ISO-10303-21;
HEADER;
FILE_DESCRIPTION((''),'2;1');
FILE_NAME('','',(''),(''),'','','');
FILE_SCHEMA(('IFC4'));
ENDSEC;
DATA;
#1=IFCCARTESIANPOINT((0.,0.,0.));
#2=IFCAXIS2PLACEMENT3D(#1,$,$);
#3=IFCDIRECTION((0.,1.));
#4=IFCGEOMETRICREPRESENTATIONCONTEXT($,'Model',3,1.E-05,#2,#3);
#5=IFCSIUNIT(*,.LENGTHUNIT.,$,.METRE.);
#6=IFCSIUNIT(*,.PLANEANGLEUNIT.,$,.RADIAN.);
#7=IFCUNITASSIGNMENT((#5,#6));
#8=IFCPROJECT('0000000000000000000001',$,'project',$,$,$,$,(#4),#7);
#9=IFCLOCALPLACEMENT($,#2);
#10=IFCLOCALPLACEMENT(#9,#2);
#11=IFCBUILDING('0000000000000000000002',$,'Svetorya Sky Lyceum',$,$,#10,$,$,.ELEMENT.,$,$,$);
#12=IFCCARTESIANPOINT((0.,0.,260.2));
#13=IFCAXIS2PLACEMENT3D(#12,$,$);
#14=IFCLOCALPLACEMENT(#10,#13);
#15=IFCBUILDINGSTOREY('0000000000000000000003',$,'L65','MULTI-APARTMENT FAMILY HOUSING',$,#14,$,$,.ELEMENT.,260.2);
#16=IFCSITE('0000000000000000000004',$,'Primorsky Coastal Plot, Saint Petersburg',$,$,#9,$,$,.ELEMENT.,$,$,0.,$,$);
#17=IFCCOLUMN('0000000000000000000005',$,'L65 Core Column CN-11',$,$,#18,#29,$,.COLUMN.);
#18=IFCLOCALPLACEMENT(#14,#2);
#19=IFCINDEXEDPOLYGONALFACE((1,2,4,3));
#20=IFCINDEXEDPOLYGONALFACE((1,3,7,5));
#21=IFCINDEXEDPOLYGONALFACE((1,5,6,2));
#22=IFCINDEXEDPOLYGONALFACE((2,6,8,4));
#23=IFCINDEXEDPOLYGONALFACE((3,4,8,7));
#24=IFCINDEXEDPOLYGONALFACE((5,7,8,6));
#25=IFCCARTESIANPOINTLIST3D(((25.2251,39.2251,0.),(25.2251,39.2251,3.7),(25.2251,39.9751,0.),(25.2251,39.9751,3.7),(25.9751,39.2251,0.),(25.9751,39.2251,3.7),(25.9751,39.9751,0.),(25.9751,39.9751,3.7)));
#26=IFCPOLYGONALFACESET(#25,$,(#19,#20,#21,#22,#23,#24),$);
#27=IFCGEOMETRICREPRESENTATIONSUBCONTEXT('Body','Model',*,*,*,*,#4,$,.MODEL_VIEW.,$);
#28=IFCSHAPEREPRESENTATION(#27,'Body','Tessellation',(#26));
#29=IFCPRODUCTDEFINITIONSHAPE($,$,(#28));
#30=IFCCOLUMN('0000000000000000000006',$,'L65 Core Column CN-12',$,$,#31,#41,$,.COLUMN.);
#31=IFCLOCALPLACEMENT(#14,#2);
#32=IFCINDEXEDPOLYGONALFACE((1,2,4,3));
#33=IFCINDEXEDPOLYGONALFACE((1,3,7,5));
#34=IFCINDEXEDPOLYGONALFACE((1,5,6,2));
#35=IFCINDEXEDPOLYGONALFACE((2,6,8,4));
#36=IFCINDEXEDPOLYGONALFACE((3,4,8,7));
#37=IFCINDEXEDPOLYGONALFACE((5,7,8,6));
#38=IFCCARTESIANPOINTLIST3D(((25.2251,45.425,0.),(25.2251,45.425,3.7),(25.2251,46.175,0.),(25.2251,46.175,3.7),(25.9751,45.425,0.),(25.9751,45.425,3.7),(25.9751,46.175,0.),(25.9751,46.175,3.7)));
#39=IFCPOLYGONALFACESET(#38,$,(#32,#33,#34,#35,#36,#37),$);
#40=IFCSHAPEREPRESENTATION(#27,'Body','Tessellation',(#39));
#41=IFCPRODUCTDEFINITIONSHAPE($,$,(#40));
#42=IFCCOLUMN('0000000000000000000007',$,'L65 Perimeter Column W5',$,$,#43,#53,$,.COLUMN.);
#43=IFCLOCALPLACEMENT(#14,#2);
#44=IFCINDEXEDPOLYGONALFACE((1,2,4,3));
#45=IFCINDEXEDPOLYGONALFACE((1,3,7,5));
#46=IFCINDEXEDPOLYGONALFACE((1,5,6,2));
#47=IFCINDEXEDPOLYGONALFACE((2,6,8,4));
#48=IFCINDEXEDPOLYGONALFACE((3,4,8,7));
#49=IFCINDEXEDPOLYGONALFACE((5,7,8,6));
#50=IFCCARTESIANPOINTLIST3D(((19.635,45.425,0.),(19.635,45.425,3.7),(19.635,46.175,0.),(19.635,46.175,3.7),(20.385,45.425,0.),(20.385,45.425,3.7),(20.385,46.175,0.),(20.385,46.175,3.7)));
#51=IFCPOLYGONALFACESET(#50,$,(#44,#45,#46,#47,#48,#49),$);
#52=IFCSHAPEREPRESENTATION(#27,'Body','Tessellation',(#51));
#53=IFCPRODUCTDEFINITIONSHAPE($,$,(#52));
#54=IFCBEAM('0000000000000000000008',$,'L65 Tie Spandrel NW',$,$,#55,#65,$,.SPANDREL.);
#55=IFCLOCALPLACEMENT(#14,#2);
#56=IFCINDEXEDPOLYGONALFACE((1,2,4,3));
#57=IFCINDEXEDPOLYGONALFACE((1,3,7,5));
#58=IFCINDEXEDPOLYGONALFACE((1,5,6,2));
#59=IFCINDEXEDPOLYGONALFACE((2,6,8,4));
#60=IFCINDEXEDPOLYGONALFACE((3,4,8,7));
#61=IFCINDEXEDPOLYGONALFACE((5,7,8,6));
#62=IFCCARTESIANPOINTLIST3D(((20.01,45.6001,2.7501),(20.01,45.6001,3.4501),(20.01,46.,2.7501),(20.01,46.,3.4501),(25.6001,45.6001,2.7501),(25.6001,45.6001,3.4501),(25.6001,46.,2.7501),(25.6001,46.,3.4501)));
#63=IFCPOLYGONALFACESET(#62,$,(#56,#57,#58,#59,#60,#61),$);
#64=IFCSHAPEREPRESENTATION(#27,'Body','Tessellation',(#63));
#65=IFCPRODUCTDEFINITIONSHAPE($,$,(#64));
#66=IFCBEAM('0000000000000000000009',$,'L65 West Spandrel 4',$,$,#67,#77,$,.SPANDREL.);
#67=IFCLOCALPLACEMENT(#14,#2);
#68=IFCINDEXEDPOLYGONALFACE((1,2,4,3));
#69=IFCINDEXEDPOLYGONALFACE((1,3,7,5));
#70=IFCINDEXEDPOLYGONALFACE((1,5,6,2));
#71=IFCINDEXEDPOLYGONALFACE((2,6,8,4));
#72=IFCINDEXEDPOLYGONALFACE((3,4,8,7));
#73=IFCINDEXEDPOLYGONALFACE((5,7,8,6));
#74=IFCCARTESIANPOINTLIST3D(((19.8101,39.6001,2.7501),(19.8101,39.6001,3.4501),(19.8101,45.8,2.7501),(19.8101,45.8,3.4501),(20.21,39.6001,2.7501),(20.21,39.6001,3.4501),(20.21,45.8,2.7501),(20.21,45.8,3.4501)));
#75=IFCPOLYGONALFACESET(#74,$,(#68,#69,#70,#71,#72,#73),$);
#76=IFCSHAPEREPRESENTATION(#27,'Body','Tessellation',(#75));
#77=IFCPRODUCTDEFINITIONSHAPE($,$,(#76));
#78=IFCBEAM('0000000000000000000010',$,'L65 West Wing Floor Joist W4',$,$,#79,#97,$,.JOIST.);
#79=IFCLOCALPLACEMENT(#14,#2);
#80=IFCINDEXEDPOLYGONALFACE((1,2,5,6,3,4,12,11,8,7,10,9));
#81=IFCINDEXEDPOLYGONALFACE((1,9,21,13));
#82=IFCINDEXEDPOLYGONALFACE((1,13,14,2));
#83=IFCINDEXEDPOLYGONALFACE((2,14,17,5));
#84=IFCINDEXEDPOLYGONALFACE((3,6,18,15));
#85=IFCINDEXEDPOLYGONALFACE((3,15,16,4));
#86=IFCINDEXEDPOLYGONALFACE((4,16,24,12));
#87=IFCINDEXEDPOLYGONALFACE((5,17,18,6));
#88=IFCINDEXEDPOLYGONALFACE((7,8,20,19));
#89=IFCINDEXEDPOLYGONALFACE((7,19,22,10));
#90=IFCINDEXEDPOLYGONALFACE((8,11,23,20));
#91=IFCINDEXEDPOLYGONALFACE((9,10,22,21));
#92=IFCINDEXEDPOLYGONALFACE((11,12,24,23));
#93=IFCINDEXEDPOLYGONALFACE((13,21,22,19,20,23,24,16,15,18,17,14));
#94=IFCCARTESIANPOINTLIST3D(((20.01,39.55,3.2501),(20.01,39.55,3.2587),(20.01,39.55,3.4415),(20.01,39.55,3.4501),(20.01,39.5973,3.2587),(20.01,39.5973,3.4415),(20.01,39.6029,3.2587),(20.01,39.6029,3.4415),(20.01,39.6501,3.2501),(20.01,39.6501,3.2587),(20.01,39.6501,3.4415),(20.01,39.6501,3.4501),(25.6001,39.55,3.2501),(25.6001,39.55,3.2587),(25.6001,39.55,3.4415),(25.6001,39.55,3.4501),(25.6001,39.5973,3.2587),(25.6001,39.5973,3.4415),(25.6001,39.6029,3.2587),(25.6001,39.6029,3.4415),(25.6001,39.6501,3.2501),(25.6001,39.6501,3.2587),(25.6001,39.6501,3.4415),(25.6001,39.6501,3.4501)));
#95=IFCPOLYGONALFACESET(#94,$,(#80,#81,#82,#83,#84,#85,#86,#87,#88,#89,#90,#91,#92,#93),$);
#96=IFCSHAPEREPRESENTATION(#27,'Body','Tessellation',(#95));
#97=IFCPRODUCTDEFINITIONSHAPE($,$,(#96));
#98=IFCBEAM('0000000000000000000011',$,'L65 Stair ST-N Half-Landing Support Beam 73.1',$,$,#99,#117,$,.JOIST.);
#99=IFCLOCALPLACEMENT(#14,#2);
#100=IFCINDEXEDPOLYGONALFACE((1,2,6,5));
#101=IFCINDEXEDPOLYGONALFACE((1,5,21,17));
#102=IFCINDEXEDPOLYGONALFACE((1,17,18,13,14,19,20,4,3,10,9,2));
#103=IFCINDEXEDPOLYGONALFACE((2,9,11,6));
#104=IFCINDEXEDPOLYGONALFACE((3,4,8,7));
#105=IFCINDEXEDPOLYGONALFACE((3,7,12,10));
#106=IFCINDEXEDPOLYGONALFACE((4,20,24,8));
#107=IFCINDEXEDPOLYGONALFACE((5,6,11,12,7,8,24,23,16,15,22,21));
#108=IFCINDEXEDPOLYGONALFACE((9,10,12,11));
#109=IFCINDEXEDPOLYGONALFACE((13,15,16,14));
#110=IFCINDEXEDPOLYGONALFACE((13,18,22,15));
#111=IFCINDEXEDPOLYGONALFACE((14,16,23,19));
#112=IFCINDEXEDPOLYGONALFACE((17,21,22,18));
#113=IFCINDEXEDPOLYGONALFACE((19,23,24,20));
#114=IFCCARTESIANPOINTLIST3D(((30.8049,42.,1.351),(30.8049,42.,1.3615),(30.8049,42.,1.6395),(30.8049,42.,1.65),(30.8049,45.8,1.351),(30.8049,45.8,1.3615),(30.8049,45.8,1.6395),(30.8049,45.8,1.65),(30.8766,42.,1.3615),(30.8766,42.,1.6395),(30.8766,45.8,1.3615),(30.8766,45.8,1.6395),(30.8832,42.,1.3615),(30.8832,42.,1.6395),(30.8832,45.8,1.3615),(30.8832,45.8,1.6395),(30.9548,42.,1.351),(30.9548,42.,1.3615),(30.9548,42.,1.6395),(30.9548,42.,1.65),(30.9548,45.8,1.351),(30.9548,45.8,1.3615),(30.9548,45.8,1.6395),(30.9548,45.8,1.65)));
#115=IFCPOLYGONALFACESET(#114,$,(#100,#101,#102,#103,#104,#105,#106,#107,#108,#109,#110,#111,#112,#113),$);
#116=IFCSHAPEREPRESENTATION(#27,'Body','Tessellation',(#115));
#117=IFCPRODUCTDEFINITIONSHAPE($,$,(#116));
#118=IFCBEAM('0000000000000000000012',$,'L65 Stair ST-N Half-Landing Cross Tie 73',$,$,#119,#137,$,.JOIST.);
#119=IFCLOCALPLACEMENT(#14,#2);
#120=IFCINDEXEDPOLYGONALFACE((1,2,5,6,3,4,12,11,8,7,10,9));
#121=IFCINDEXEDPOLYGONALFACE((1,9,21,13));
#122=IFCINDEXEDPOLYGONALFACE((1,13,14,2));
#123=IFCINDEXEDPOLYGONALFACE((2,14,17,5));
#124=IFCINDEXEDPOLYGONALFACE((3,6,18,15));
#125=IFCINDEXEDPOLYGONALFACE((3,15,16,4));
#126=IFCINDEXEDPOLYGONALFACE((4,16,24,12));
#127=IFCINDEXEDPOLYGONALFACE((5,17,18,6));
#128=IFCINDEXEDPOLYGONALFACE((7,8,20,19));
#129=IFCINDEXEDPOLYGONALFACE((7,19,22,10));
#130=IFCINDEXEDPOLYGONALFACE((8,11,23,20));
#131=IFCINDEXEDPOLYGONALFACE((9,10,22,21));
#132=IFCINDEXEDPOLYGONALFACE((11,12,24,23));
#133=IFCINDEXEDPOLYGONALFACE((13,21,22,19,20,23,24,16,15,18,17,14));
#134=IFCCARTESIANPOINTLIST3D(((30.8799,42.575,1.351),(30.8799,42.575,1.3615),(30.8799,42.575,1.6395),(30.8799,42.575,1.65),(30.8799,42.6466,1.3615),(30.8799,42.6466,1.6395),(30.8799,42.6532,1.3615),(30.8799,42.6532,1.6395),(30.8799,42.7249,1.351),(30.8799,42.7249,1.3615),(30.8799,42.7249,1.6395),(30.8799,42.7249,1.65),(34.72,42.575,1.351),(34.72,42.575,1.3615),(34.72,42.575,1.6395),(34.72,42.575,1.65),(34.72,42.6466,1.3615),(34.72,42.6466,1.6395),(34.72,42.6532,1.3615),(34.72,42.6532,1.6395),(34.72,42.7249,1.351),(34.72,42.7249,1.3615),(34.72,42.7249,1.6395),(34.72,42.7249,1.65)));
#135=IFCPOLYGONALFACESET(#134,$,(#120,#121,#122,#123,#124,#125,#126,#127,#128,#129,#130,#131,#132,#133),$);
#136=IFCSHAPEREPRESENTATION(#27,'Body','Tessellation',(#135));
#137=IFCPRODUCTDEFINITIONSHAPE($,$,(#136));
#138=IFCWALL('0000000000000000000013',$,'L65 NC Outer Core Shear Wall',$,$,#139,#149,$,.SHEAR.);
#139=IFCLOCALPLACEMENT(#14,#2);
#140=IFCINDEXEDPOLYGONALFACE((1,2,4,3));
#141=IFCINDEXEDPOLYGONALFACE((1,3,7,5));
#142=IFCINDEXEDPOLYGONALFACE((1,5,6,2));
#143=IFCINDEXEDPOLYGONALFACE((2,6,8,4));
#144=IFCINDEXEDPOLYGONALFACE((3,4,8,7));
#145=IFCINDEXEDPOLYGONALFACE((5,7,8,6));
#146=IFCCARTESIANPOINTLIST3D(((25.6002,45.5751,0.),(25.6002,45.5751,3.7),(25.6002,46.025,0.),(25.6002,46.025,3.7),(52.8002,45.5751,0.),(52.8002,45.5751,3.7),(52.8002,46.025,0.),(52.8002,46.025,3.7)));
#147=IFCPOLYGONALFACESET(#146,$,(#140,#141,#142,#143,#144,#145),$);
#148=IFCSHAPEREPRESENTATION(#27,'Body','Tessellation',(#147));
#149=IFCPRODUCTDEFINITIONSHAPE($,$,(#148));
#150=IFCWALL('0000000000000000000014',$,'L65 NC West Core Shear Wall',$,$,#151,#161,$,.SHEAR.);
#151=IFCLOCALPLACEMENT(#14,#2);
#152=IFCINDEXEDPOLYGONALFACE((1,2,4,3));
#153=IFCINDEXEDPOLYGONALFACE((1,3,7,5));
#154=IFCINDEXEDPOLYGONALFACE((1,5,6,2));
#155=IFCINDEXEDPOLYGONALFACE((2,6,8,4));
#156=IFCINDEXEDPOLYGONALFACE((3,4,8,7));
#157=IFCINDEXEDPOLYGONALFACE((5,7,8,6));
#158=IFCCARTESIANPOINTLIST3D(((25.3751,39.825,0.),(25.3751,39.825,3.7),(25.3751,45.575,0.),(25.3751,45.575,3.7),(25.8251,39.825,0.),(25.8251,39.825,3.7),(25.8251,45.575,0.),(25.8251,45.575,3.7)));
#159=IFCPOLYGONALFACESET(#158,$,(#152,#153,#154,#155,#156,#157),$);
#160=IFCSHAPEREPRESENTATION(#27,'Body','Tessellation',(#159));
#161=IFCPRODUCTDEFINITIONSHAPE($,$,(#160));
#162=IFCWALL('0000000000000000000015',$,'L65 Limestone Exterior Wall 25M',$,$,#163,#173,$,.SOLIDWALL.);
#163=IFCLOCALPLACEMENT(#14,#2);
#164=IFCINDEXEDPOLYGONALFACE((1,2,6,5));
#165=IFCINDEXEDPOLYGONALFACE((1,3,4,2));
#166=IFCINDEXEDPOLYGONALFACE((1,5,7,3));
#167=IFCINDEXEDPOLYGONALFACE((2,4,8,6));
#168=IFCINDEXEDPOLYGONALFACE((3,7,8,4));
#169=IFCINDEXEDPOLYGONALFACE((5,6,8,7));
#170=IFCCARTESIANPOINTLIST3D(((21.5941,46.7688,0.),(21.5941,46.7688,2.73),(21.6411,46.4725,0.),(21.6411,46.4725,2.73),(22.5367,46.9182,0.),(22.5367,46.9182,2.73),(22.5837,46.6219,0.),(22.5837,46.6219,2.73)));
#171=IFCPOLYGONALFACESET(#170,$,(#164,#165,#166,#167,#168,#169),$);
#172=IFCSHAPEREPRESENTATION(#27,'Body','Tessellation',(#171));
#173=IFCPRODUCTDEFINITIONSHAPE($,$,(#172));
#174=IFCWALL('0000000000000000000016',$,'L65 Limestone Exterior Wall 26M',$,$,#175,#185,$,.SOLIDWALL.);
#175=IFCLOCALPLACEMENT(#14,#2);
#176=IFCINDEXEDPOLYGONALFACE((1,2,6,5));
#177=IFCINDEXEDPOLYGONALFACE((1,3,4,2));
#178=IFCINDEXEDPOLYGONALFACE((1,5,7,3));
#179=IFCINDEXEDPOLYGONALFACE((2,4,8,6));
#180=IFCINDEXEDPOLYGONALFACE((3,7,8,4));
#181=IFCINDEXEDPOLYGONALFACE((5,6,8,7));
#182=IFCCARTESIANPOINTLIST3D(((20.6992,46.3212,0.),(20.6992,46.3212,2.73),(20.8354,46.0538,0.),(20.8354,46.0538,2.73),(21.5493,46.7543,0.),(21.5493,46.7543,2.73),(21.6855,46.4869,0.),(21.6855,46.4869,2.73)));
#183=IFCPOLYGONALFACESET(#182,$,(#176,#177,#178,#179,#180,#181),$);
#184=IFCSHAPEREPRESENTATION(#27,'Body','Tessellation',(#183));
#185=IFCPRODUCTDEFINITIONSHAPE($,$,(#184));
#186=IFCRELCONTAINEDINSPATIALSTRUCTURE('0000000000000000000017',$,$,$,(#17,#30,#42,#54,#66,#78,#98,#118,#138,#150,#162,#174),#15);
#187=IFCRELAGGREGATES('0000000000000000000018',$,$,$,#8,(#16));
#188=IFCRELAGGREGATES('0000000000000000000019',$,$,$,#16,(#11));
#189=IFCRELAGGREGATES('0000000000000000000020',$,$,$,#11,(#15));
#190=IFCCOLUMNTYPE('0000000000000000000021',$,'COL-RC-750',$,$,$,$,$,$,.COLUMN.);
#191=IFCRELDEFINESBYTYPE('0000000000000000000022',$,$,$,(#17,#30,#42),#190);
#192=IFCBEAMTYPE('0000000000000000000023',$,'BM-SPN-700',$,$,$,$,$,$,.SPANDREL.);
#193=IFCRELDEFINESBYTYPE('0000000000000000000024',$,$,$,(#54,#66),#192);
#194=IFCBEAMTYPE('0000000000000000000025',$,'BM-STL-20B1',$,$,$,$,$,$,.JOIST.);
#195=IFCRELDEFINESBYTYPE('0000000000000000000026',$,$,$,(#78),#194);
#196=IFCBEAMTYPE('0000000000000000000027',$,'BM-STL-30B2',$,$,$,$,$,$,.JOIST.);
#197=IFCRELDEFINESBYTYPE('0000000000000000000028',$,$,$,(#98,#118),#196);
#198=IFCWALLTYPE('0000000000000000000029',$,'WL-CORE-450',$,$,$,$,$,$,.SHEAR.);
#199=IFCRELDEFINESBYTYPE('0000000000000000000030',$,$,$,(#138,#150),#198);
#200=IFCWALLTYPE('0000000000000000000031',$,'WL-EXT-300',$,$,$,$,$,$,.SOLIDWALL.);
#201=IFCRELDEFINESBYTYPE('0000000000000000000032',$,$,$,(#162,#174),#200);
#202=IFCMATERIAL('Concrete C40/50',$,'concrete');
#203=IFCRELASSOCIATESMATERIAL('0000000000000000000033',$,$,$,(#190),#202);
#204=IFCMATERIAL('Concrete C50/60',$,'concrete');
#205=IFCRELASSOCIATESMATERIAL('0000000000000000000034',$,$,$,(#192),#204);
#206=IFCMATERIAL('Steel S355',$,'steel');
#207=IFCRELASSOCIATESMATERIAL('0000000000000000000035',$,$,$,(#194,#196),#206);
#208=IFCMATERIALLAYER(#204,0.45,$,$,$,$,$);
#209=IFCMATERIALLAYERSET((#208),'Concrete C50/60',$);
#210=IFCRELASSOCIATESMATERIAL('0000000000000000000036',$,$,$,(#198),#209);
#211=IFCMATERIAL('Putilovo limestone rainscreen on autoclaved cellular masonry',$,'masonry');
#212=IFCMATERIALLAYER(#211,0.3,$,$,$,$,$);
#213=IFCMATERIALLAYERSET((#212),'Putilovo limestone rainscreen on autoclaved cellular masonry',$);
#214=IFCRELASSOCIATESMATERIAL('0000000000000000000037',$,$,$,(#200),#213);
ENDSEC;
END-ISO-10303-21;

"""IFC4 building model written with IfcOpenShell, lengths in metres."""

from ifc_helpers import new_model, si_unit, direction, frame, frame_2d, origin, origin_2d, place, context, subcontext, project, spatial, rectangle, i_section, extrude, material, layer, layer_set, material_profile, profile_set, type_object, element, save


model = new_model("IFC4")

# Units and contexts
model_context = context("Model", 3, precision=1e-05, world=origin(), true_north=direction((0.0, 1.0)))
body_context = subcontext(model_context, "Body", "Model", "MODEL_VIEW")
ifc_project = project(units=[si_unit("LENGTHUNIT", "METRE"), si_unit("PLANEANGLEUNIT", "RADIAN")], contexts=[model_context])

# Site, building, storey
site_placement = place(None, origin())
site = spatial("IfcSite", under=ifc_project, at=site_placement, Name="Primorsky Coastal Plot, Saint Petersburg", CompositionType="ELEMENT", RefElevation=0.0)
building_placement = place(site_placement, origin())
building = spatial("IfcBuilding", under=site, at=building_placement, Name="Svetorya Sky Lyceum", CompositionType="ELEMENT")
storey_placement = place(building_placement, frame((0.0, 0.0, 260.2)))
storey = spatial("IfcBuildingStorey", under=building, at=storey_placement, Name="L65", Description="MULTI-APARTMENT FAMILY HOUSING", CompositionType="ELEMENT", Elevation=260.2)

# Columns
ifc_material_1 = material(Name="Concrete C40/50", Category="concrete")
ifc_material_profile_1 = material_profile(ifc_material_1, rectangle(XDim=0.75, YDim=0.75, at=origin_2d()), Name="RC COL 750x750")
ifc_profile_set_1 = profile_set([ifc_material_profile_1], Name="Concrete C40/50")
column_type = type_object("IfcColumnType", Name="COL-RC-750", PredefinedType="COLUMN", material=ifc_profile_set_1)
for number, where, z_axis, x_axis, name in (
    (1, (25.6001, 39.6001, 0.0), (0.0, 0.0, 1.0), (1.0, 0.0, 0.0), "L65 Core Column CN-11"),
    (2, (25.6001, 45.8, 0.0), (0.0, 0.0, 1.0), (1.0, 0.0, 0.0), "L65 Core Column CN-12"),
    (3, (20.01, 45.8, 0.0), (0.0, 0.0, 1.0), (1.0, 0.0, 0.0), "L65 Perimeter Column W5"),
):
    element("IfcColumn", number, at=place(storey_placement, frame(where, z_axis=z_axis, x_axis=x_axis)), inside=storey, type_object=column_type, Name=name, PredefinedType="COLUMN", context=body_context, shape_type="SweptSolid", body=[
        extrude(rectangle(XDim=0.75, YDim=0.75, at=origin_2d()), origin(), (0.0, 0.0, 1.0), 3.7),
    ])

# Beams
ifc_material_2 = material(Name="Concrete C50/60", Category="concrete")
ifc_material_profile_2 = material_profile(ifc_material_2, rectangle(XDim=0.3999, YDim=0.7, at=origin_2d()), Name="RC SPANDREL 400x700")
ifc_profile_set_2 = profile_set([ifc_material_profile_2], Name="Concrete C50/60")
beam_type_1 = type_object("IfcBeamType", Name="BM-SPN-700", PredefinedType="SPANDREL", material=ifc_profile_set_2)
beam_1_placement = place(storey_placement, frame((20.01, 45.8, 3.1001), z_axis=(1.0, 0.0, 0.0), x_axis=(0.0, 1.0, 0.0)))
element("IfcBeam", 4, at=beam_1_placement, inside=storey, type_object=beam_type_1, Name="L65 Tie Spandrel NW", PredefinedType="SPANDREL", context=body_context, shape_type="SweptSolid", body=[
    extrude(rectangle(XDim=0.3999, YDim=0.7, at=origin_2d()), origin(), (0.0, 0.0, 1.0), 5.5901),
])
beam_2_placement = place(storey_placement, frame((20.01, 39.6001, 3.1001), z_axis=(0.0, 1.0, 0.0), x_axis=(-1.0, 0.0, 0.0)))
element("IfcBeam", 5, at=beam_2_placement, inside=storey, type_object=beam_type_1, Name="L65 West Spandrel 4", PredefinedType="SPANDREL", context=body_context, shape_type="SweptSolid", body=[
    extrude(rectangle(XDim=0.3999, YDim=0.7, at=origin_2d()), origin(), (0.0, 0.0, 1.0), 6.2),
])
ifc_material_3 = material(Name="Steel S355", Category="steel")
ifc_material_profile_3 = material_profile(ifc_material_3, i_section(OverallWidth=0.1001, OverallDepth=0.2, WebThickness=0.0056, FlangeThickness=0.0085, at=origin_2d()), Name="GOST 20B1")
ifc_profile_set_3 = profile_set([ifc_material_profile_3], Name="Steel S355")
beam_type_2 = type_object("IfcBeamType", Name="BM-STL-20B1", PredefinedType="JOIST", material=ifc_profile_set_3)
beam_3_placement = place(storey_placement, frame((20.01, 39.6001, 3.3501), z_axis=(1.0, 0.0, 0.0), x_axis=(0.0, 1.0, 0.0)))
element("IfcBeam", 6, at=beam_3_placement, inside=storey, type_object=beam_type_2, Name="L65 West Wing Floor Joist W4", PredefinedType="JOIST", context=body_context, shape_type="SweptSolid", body=[
    extrude(i_section(OverallWidth=0.1001, OverallDepth=0.2, WebThickness=0.0056, FlangeThickness=0.0085, at=origin_2d()), origin(), (0.0, 0.0, 1.0), 5.5901),
])
ifc_material_profile_4 = material_profile(ifc_material_3, i_section(OverallWidth=0.1499, OverallDepth=0.2991, WebThickness=0.0066, FlangeThickness=0.0105, at=origin_2d()), Name="GOST 30B2")
ifc_profile_set_4 = profile_set([ifc_material_profile_4], Name="Steel S355")
beam_type_3 = type_object("IfcBeamType", Name="BM-STL-30B2", PredefinedType="JOIST", material=ifc_profile_set_4)
beam_4_placement = place(storey_placement, frame((30.8799, 42.0, 1.5005), z_axis=(0.0, 1.0, 0.0), x_axis=(-1.0, 0.0, 0.0)))
element("IfcBeam", 7, at=beam_4_placement, inside=storey, type_object=beam_type_3, Name="L65 Stair ST-N Half-Landing Support Beam 73.1", PredefinedType="JOIST", context=body_context, shape_type="SweptSolid", body=[
    extrude(i_section(OverallWidth=0.1499, OverallDepth=0.2991, WebThickness=0.0066, FlangeThickness=0.0105, at=origin_2d()), origin(), (0.0, 0.0, 1.0), 3.8),
])
beam_5_placement = place(storey_placement, frame((30.8799, 42.6499, 1.5005), z_axis=(1.0, 0.0, 0.0), x_axis=(0.0, 1.0, 0.0)))
element("IfcBeam", 8, at=beam_5_placement, inside=storey, type_object=beam_type_3, Name="L65 Stair ST-N Half-Landing Cross Tie 73", PredefinedType="JOIST", context=body_context, shape_type="SweptSolid", body=[
    extrude(i_section(OverallWidth=0.1499, OverallDepth=0.2991, WebThickness=0.0066, FlangeThickness=0.0105, at=origin_2d()), origin(), (0.0, 0.0, 1.0), 3.8401),
])

# Walls
ifc_layer_1 = layer(ifc_material_2, 0.45)
ifc_layer_set_1 = layer_set([ifc_layer_1], Name="Concrete C50/60")
wall_type_1 = type_object("IfcWallType", Name="WL-CORE-450", PredefinedType="SHEAR", material=ifc_layer_set_1)
wall_1_placement = place(storey_placement, frame((25.6001, 45.8, 0.0), z_axis=(0.0, 0.0, 1.0), x_axis=(1.0, 0.0, 0.0)))
element("IfcWall", 9, at=wall_1_placement, inside=storey, type_object=wall_type_1, Name="L65 NC Outer Core Shear Wall", PredefinedType="SHEAR", context=body_context, shape_type="SweptSolid", body=[
    extrude(rectangle(XDim=27.2, YDim=0.45, at=frame_2d((13.6001, 0.0))), origin(), (0.0, 0.0, 1.0), 3.7),
])
wall_2_placement = place(storey_placement, frame((25.6001, 39.825, 0.0), z_axis=(0.0, 0.0, 1.0), x_axis=(0.0, 1.0, 0.0)))
element("IfcWall", 10, at=wall_2_placement, inside=storey, type_object=wall_type_1, Name="L65 NC West Core Shear Wall", PredefinedType="SHEAR", context=body_context, shape_type="SweptSolid", body=[
    extrude(rectangle(XDim=5.75, YDim=0.45, at=frame_2d((2.875, 0.0))), origin(), (0.0, 0.0, 1.0), 3.7),
])
ifc_material_4 = material(Name="Putilovo limestone rainscreen on autoclaved cellular masonry", Category="masonry")
ifc_layer_2 = layer(ifc_material_4, 0.3)
ifc_layer_set_2 = layer_set([ifc_layer_2], Name="Putilovo limestone rainscreen on autoclaved cellular masonry")
wall_type_2 = type_object("IfcWallType", Name="WL-EXT-300", PredefinedType="SOLIDWALL", material=ifc_layer_set_2)
wall_3_placement = place(storey_placement, frame((22.5601, 46.77, 0.0), z_axis=(0.0, 0.0, 1.0), x_axis=(-0.987669, -0.156554, 0.0)))
element("IfcWall", 11, at=wall_3_placement, inside=storey, type_object=wall_type_2, Name="L65 Limestone Exterior Wall 25M", PredefinedType="SOLIDWALL", context=body_context, shape_type="SweptSolid", body=[
    extrude(rectangle(XDim=0.9543, YDim=0.3, at=frame_2d((0.4771, 0.0))), origin(), (0.0, 0.0, 1.0), 2.73),
])
wall_4_placement = place(storey_placement, frame((21.6174, 46.6206, 0.0), z_axis=(0.0, 0.0, 1.0), x_axis=(-0.891024, -0.453956, 0.0)))
element("IfcWall", 12, at=wall_4_placement, inside=storey, type_object=wall_type_2, Name="L65 Limestone Exterior Wall 26M", PredefinedType="SOLIDWALL", context=body_context, shape_type="SweptSolid", body=[
    extrude(rectangle(XDim=0.9541, YDim=0.3, at=frame_2d((0.4771, 0.0))), origin(), (0.0, 0.0, 1.0), 2.73),
])

save(model, "model.ifc")
